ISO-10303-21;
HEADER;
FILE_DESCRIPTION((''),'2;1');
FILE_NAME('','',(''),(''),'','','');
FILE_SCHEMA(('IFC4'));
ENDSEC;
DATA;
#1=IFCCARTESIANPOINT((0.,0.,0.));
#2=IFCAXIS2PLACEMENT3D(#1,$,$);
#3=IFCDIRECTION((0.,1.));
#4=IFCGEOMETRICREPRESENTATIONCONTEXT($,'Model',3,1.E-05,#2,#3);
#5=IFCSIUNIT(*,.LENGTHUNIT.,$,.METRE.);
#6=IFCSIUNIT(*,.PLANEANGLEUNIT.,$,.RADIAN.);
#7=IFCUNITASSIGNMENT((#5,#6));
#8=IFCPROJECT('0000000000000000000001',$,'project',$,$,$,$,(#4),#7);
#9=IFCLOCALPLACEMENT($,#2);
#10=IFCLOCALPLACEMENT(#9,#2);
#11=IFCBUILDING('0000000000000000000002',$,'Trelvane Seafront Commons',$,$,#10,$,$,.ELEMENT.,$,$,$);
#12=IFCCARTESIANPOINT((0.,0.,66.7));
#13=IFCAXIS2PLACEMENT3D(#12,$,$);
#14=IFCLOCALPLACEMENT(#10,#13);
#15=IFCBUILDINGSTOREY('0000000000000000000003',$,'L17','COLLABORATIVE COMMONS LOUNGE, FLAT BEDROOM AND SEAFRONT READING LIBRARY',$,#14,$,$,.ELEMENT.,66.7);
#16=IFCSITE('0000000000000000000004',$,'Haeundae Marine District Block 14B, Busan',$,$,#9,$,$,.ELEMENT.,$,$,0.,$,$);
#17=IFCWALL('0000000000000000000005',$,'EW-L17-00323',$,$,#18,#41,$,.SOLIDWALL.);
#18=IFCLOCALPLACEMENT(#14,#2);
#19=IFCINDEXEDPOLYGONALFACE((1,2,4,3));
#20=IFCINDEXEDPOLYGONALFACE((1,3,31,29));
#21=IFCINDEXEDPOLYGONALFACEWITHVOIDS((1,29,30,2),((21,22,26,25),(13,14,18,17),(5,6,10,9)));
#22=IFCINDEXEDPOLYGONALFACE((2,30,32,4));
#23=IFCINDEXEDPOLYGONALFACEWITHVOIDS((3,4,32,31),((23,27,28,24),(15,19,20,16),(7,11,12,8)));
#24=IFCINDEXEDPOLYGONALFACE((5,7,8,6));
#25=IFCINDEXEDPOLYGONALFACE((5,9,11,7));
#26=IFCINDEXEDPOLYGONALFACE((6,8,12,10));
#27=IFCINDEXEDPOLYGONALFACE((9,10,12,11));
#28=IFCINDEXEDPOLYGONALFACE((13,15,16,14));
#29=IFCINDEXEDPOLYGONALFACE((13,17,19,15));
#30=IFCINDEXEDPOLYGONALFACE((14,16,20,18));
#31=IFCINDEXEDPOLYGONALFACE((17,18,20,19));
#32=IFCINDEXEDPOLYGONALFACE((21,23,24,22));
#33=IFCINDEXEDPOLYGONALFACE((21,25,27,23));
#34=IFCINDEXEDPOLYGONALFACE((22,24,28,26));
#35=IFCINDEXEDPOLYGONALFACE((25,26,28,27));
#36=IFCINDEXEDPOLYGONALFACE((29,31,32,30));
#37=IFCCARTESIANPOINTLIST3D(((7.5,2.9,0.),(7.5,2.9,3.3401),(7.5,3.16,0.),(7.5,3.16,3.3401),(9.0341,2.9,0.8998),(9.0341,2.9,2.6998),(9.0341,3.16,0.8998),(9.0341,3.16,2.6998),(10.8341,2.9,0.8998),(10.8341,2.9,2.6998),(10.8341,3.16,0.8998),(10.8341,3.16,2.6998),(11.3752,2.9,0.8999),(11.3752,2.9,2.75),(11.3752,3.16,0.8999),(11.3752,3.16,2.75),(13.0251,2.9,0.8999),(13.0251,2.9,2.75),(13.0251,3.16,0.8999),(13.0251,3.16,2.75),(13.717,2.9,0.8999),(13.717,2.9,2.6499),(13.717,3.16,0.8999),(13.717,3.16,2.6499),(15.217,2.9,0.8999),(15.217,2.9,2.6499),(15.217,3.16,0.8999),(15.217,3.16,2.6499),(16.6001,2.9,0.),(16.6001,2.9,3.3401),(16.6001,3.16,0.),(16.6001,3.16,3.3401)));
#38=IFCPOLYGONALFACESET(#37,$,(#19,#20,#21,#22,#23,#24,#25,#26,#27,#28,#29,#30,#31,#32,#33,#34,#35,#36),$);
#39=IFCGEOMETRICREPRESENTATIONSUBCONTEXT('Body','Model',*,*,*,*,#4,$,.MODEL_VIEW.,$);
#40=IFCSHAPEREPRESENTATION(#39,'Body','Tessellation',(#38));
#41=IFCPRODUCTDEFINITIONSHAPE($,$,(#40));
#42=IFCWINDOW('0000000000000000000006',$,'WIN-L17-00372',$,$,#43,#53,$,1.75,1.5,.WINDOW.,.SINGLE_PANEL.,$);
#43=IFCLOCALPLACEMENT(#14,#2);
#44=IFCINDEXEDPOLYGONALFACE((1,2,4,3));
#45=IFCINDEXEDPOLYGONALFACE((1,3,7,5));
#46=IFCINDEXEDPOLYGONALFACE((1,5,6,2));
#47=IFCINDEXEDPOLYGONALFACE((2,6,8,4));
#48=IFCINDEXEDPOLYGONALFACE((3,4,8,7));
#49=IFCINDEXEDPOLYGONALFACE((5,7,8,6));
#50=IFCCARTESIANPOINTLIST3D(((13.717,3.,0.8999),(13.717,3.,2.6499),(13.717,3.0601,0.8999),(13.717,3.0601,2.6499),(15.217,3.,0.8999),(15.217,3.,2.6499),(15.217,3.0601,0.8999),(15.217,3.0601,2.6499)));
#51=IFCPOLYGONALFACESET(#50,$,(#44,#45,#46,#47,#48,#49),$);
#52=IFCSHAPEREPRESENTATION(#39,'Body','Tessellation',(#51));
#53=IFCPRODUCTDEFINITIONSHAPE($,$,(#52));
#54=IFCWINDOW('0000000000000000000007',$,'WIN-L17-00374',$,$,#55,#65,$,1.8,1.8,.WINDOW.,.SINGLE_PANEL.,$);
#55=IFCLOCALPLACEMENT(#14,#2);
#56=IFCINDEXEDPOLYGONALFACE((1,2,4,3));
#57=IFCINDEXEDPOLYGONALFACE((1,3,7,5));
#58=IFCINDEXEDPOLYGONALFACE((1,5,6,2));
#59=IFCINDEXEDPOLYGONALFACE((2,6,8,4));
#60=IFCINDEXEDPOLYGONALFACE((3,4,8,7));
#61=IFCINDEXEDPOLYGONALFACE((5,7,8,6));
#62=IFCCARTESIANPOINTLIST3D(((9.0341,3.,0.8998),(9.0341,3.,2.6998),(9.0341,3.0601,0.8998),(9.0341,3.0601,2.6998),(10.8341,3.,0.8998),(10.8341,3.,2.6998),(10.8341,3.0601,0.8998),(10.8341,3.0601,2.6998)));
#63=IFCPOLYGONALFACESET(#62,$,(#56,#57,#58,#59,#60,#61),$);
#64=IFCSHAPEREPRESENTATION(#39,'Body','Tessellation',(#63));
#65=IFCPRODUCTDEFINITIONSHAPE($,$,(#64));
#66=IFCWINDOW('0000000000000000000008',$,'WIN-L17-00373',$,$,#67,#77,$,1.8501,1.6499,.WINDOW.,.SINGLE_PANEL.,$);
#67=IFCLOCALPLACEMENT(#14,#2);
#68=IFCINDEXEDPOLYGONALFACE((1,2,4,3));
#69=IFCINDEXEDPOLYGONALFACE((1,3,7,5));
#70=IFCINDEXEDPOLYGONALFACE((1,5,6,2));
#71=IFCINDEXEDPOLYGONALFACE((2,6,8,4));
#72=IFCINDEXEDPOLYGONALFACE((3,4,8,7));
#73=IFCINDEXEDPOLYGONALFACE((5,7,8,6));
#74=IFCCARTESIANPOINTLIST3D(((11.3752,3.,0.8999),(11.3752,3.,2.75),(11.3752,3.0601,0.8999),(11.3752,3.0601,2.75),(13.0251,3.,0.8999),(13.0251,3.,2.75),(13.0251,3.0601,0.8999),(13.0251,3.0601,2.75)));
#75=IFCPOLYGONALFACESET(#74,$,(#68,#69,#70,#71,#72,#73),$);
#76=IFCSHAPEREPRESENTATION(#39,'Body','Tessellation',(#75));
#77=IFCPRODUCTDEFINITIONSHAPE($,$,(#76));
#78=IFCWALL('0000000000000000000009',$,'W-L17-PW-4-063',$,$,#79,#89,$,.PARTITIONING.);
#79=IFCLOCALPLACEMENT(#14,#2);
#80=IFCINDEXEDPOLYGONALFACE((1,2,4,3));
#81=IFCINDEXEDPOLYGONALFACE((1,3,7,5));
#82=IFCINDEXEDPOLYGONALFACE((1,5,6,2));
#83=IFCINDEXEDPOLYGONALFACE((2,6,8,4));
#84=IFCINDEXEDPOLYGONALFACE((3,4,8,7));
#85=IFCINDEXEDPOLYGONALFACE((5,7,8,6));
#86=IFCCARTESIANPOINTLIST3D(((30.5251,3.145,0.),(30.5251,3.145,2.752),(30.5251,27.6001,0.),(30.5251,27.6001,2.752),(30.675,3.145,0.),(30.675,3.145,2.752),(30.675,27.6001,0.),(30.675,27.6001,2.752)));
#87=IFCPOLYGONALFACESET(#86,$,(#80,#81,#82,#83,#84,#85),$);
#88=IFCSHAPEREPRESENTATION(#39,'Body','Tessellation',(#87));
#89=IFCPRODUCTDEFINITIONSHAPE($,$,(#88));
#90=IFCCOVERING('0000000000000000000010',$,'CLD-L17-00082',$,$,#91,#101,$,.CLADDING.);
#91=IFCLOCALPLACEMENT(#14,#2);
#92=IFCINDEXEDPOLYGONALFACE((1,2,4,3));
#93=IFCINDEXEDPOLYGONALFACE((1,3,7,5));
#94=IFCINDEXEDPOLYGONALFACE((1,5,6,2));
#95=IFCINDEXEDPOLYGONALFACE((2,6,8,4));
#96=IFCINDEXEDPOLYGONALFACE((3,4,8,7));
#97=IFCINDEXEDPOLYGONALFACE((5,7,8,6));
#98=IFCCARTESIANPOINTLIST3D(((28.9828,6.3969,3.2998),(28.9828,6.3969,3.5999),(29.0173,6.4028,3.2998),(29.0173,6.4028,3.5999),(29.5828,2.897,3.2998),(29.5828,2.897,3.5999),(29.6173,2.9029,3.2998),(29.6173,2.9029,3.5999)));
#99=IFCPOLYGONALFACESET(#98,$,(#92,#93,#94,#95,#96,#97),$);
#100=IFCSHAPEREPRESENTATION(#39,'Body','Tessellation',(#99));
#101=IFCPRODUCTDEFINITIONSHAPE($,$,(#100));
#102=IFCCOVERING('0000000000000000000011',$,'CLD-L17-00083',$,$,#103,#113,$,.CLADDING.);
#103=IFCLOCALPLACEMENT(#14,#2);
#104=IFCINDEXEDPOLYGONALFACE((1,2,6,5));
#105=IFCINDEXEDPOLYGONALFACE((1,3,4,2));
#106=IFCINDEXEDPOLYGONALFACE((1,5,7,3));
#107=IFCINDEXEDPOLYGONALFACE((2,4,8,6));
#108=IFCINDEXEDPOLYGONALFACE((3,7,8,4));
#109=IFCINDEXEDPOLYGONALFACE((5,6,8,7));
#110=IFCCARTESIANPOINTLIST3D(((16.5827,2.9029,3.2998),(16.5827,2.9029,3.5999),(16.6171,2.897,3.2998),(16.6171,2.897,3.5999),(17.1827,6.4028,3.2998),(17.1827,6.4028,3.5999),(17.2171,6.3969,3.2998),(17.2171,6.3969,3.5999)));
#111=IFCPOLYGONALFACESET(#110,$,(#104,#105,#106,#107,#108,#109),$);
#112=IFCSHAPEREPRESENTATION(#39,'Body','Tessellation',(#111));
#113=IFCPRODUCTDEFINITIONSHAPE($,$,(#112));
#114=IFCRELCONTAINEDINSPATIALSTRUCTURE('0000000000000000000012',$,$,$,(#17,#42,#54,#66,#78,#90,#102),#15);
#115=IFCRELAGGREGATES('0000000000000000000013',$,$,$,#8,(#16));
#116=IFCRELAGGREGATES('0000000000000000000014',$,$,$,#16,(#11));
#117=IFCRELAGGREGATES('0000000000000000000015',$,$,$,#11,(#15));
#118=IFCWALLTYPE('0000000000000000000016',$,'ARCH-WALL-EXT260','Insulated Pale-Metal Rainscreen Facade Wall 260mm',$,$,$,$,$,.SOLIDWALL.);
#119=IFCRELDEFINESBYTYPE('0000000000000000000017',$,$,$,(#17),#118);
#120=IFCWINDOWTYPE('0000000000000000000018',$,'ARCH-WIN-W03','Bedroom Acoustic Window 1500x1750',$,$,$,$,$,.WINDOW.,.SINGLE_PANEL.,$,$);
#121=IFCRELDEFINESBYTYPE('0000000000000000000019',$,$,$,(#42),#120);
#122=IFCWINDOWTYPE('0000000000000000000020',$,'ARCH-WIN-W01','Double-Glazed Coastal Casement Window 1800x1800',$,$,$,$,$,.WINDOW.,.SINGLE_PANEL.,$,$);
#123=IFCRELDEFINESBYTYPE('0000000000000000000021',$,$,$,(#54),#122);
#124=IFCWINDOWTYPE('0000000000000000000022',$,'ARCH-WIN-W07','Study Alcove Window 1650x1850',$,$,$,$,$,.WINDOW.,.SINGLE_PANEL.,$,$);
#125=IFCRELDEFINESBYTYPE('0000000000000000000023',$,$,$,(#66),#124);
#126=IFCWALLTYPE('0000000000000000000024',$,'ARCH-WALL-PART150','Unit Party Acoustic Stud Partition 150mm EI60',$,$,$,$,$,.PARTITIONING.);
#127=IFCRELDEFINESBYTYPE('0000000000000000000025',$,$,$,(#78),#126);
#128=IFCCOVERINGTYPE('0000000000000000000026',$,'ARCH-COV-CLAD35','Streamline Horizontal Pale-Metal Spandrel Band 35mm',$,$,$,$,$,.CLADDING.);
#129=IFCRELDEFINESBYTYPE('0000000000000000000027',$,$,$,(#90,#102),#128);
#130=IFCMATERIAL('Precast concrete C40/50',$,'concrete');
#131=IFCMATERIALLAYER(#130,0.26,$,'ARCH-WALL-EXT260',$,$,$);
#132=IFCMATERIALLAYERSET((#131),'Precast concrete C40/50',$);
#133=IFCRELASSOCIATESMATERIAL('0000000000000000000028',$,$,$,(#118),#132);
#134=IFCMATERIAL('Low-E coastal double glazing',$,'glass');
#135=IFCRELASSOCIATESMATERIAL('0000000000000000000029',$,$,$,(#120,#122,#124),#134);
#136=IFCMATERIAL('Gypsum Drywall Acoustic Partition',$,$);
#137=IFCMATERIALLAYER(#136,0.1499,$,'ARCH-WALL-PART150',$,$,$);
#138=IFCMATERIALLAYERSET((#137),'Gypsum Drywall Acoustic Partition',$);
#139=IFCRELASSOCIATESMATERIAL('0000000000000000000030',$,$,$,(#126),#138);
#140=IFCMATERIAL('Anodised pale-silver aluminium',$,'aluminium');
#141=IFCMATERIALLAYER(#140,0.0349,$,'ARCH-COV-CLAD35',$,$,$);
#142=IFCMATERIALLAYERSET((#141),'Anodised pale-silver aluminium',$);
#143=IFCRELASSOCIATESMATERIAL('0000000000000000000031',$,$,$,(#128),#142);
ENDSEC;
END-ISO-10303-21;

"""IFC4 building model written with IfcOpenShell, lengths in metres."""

from ifc_helpers import new_model, si_unit, direction, frame, frame_2d, origin, origin_2d, place, context, subcontext, project, spatial, rectangle, extrude, source, transform, mapped, material, layer, layer_set, type_object, element, fill, save


model = new_model("IFC4")

# Units and contexts
model_context = context("Model", 3, precision=1e-05, world=origin(), true_north=direction((0.0, 1.0)))
body_context = subcontext(model_context, "Body", "Model", "MODEL_VIEW")
ifc_project = project(units=[si_unit("LENGTHUNIT", "METRE"), si_unit("PLANEANGLEUNIT", "RADIAN")], contexts=[model_context])

# Site, building, storey
site_placement = place(None, origin())
site = spatial("IfcSite", under=ifc_project, at=site_placement, Name="Haeundae Marine District Block 14B, Busan", CompositionType="ELEMENT", RefElevation=0.0)
building_placement = place(site_placement, origin())
building = spatial("IfcBuilding", under=site, at=building_placement, Name="Trelvane Seafront Commons", CompositionType="ELEMENT")
storey_placement = place(building_placement, frame((0.0, 0.0, 66.7)))
storey = spatial("IfcBuildingStorey", under=building, at=storey_placement, Name="L17", Description="COLLABORATIVE COMMONS LOUNGE, FLAT BEDROOM AND SEAFRONT READING LIBRARY", CompositionType="ELEMENT", Elevation=66.7)

# Shared definitions
ifc_material_1 = material(Name="Anodised pale-silver aluminium", Category="aluminium")

# Shared definitions
ifc_material_2 = material(Name="Low-E coastal double glazing", Category="glass")

# Shared definitions
ifc_material_3 = material(Name="Precast concrete C40/50", Category="concrete")
ifc_layer_1 = layer(ifc_material_3, 0.26, Name="ARCH-WALL-EXT260")
ifc_layer_set_1 = layer_set([ifc_layer_1], Name="Precast concrete C40/50")
wall_type_1 = type_object("IfcWallType", Name="ARCH-WALL-EXT260", Description="Insulated Pale-Metal Rainscreen Facade Wall 260mm", PredefinedType="SOLIDWALL", material=ifc_layer_set_1)

# Wall, openings, windows
wall_1_placement = place(storey_placement, frame((16.6001, 3.03, 0.0), z_axis=(0.0, 0.0, 1.0), x_axis=(-1.0, 0.0, 0.0)))
wall_1 = element("IfcWall", 1, at=wall_1_placement, inside=storey, type_object=wall_type_1, Name="EW-L17-00323", PredefinedType="SOLIDWALL", context=body_context, shape_type="SweptSolid", body=[
    extrude(rectangle(XDim=9.1001, YDim=0.26, at=frame_2d((4.55, 0.0))), origin(), (0.0, 0.0, 1.0), 3.3401),
])
opening_1_placement = place(wall_1_placement, frame((1.3831, 0.0, 0.8999)))
opening_1 = element("IfcOpeningElement", 2, at=opening_1_placement, cuts=wall_1, PredefinedType="OPENING", context=body_context, shape_type="SweptSolid", body=[
    extrude(rectangle(XDim=1.5, YDim=1.75, at=frame_2d((0.75, 0.875))), frame((0.0, 0.1399, 0.0), z_axis=(0.0, -1.0, 0.0), x_axis=(1.0, 0.0, 0.0)), (0.0, 0.0, 1.0), 0.28),
])
opening_2_placement = place(wall_1_placement, frame((3.575, 0.0, 0.8999)))
opening_2 = element("IfcOpeningElement", 3, at=opening_2_placement, cuts=wall_1, PredefinedType="OPENING", context=body_context, shape_type="SweptSolid", body=[
    extrude(rectangle(XDim=1.6499, YDim=1.8501, at=frame_2d((0.825, 0.925))), frame((0.0, 0.1399, 0.0), z_axis=(0.0, -1.0, 0.0), x_axis=(1.0, 0.0, 0.0)), (0.0, 0.0, 1.0), 0.28),
])
opening_3_placement = place(wall_1_placement, frame((5.7661, 0.0, 0.8999)))
opening_3 = element("IfcOpeningElement", 4, at=opening_3_placement, cuts=wall_1, PredefinedType="OPENING", context=body_context, shape_type="SweptSolid", body=[
    extrude(rectangle(XDim=1.8, YDim=1.8, at=frame_2d((0.8999, 0.8999))), frame((0.0, 0.1399, 0.0), z_axis=(0.0, -1.0, 0.0), x_axis=(1.0, 0.0, 0.0)), (0.0, 0.0, 1.0), 0.28),
])
window_type_1 = type_object("IfcWindowType", Name="ARCH-WIN-W03", Description="Bedroom Acoustic Window 1500x1750", PartitioningType="SINGLE_PANEL", PredefinedType="WINDOW", material=ifc_material_2)
shared_shape_1 = source(origin(), body_context, "Body", "SweptSolid", [
    extrude(rectangle(XDim=1.5, YDim=1.75, at=frame_2d((0.75, 0.875))), frame((0.0, 0.03, 0.0), z_axis=(0.0, -1.0, 0.0), x_axis=(1.0, 0.0, 0.0)), (0.0, 0.0, 1.0), 0.0601),
])
window_1_placement = place(opening_1_placement, origin())
window_1 = element("IfcWindow", 5, at=window_1_placement, inside=storey, type_object=window_type_1, Name="WIN-L17-00372", OverallHeight=1.75, OverallWidth=1.5, PartitioningType="SINGLE_PANEL", PredefinedType="WINDOW", context=body_context, shape_type="MappedRepresentation", body=[
    mapped(shared_shape_1, transform((0.0, 0.0, 0.0), x_axis=(1.0, 0.0, 0.0), y_axis=(0.0, 1.0, 0.0), z_axis=(0.0, 0.0, 1.0), scale=1.0)),
])
fill(opening_1, window_1)
window_type_2 = type_object("IfcWindowType", Name="ARCH-WIN-W01", Description="Double-Glazed Coastal Casement Window 1800x1800", PartitioningType="SINGLE_PANEL", PredefinedType="WINDOW", material=ifc_material_2)
shared_shape_2 = source(origin(), body_context, "Body", "SweptSolid", [
    extrude(rectangle(XDim=1.8, YDim=1.8, at=frame_2d((0.8999, 0.8999))), frame((0.0, 0.03, 0.0), z_axis=(0.0, -1.0, 0.0), x_axis=(1.0, 0.0, 0.0)), (0.0, 0.0, 1.0), 0.0601),
])
window_2_placement = place(opening_3_placement, origin())
window_2 = element("IfcWindow", 6, at=window_2_placement, inside=storey, type_object=window_type_2, Name="WIN-L17-00374", OverallHeight=1.8, OverallWidth=1.8, PartitioningType="SINGLE_PANEL", PredefinedType="WINDOW", context=body_context, shape_type="MappedRepresentation", body=[
    mapped(shared_shape_2, transform((0.0, 0.0, 0.0), x_axis=(1.0, 0.0, 0.0), y_axis=(0.0, 1.0, 0.0), z_axis=(0.0, 0.0, 1.0), scale=1.0)),
])
fill(opening_3, window_2)
window_type_3 = type_object("IfcWindowType", Name="ARCH-WIN-W07", Description="Study Alcove Window 1650x1850", PartitioningType="SINGLE_PANEL", PredefinedType="WINDOW", material=ifc_material_2)
shared_shape_3 = source(origin(), body_context, "Body", "SweptSolid", [
    extrude(rectangle(XDim=1.6499, YDim=1.8501, at=frame_2d((0.825, 0.925))), frame((0.0, 0.03, 0.0), z_axis=(0.0, -1.0, 0.0), x_axis=(1.0, 0.0, 0.0)), (0.0, 0.0, 1.0), 0.0601),
])
window_3_placement = place(opening_2_placement, origin())
window_3 = element("IfcWindow", 7, at=window_3_placement, inside=storey, type_object=window_type_3, Name="WIN-L17-00373", OverallHeight=1.8501, OverallWidth=1.6499, PartitioningType="SINGLE_PANEL", PredefinedType="WINDOW", context=body_context, shape_type="MappedRepresentation", body=[
    mapped(shared_shape_3, transform((0.0, 0.0, 0.0), x_axis=(1.0, 0.0, 0.0), y_axis=(0.0, 1.0, 0.0), z_axis=(0.0, 0.0, 1.0), scale=1.0)),
])
fill(opening_2, window_3)

# Wall
ifc_material_4 = material(Name="Gypsum Drywall Acoustic Partition")
ifc_layer_2 = layer(ifc_material_4, 0.1499, Name="ARCH-WALL-PART150")
ifc_layer_set_2 = layer_set([ifc_layer_2], Name="Gypsum Drywall Acoustic Partition")
wall_type_2 = type_object("IfcWallType", Name="ARCH-WALL-PART150", Description="Unit Party Acoustic Stud Partition 150mm EI60", PredefinedType="PARTITIONING", material=ifc_layer_set_2)
wall_2_placement = place(storey_placement, frame((30.6001, 3.145, 0.0), z_axis=(0.0, 0.0, 1.0), x_axis=(0.0, 1.0, 0.0)))
element("IfcWall", 8, at=wall_2_placement, inside=storey, type_object=wall_type_2, Name="W-L17-PW-4-063", PredefinedType="PARTITIONING", context=body_context, shape_type="SweptSolid", body=[
    extrude(rectangle(XDim=24.4551, YDim=0.1499, at=frame_2d((12.2275, 0.0))), origin(), (0.0, 0.0, 1.0), 2.752),
])

# Coverings
ifc_layer_3 = layer(ifc_material_1, 0.0349, Name="ARCH-COV-CLAD35")
ifc_layer_set_3 = layer_set([ifc_layer_3], Name="Anodised pale-silver aluminium")
covering_type = type_object("IfcCoveringType", Name="ARCH-COV-CLAD35", Description="Streamline Horizontal Pale-Metal Spandrel Band 35mm", PredefinedType="CLADDING", material=ifc_layer_set_3)
shared_shape_4 = source(origin(), body_context, "Body", "SweptSolid", [
    extrude(rectangle(XDim=3.551, YDim=0.0349, at=origin_2d()), origin(), (0.0, 0.0, 1.0), 0.3),
])
for number, where, z_axis, x_axis, name in (
    (9, (29.3, 4.6499, 3.2998), (0.0, 0.0, 1.0), (-0.168964, 0.985622, 0.0), "CLD-L17-00082"),
    (10, (16.8999, 4.6499, 3.2998), (0.0, 0.0, 1.0), (-0.168964, -0.985622, 0.0), "CLD-L17-00083"),
):
    element("IfcCovering", number, at=place(storey_placement, frame(where, z_axis=z_axis, x_axis=x_axis)), inside=storey, type_object=covering_type, Name=name, PredefinedType="CLADDING", context=body_context, shape_type="MappedRepresentation", body=[
        mapped(shared_shape_4, transform((0.0, 0.0, 0.0), x_axis=(1.0, 0.0, 0.0), y_axis=(0.0, 1.0, 0.0), z_axis=(0.0, 0.0, 1.0), scale=1.0)),
    ])

save(model, "model.ifc")
